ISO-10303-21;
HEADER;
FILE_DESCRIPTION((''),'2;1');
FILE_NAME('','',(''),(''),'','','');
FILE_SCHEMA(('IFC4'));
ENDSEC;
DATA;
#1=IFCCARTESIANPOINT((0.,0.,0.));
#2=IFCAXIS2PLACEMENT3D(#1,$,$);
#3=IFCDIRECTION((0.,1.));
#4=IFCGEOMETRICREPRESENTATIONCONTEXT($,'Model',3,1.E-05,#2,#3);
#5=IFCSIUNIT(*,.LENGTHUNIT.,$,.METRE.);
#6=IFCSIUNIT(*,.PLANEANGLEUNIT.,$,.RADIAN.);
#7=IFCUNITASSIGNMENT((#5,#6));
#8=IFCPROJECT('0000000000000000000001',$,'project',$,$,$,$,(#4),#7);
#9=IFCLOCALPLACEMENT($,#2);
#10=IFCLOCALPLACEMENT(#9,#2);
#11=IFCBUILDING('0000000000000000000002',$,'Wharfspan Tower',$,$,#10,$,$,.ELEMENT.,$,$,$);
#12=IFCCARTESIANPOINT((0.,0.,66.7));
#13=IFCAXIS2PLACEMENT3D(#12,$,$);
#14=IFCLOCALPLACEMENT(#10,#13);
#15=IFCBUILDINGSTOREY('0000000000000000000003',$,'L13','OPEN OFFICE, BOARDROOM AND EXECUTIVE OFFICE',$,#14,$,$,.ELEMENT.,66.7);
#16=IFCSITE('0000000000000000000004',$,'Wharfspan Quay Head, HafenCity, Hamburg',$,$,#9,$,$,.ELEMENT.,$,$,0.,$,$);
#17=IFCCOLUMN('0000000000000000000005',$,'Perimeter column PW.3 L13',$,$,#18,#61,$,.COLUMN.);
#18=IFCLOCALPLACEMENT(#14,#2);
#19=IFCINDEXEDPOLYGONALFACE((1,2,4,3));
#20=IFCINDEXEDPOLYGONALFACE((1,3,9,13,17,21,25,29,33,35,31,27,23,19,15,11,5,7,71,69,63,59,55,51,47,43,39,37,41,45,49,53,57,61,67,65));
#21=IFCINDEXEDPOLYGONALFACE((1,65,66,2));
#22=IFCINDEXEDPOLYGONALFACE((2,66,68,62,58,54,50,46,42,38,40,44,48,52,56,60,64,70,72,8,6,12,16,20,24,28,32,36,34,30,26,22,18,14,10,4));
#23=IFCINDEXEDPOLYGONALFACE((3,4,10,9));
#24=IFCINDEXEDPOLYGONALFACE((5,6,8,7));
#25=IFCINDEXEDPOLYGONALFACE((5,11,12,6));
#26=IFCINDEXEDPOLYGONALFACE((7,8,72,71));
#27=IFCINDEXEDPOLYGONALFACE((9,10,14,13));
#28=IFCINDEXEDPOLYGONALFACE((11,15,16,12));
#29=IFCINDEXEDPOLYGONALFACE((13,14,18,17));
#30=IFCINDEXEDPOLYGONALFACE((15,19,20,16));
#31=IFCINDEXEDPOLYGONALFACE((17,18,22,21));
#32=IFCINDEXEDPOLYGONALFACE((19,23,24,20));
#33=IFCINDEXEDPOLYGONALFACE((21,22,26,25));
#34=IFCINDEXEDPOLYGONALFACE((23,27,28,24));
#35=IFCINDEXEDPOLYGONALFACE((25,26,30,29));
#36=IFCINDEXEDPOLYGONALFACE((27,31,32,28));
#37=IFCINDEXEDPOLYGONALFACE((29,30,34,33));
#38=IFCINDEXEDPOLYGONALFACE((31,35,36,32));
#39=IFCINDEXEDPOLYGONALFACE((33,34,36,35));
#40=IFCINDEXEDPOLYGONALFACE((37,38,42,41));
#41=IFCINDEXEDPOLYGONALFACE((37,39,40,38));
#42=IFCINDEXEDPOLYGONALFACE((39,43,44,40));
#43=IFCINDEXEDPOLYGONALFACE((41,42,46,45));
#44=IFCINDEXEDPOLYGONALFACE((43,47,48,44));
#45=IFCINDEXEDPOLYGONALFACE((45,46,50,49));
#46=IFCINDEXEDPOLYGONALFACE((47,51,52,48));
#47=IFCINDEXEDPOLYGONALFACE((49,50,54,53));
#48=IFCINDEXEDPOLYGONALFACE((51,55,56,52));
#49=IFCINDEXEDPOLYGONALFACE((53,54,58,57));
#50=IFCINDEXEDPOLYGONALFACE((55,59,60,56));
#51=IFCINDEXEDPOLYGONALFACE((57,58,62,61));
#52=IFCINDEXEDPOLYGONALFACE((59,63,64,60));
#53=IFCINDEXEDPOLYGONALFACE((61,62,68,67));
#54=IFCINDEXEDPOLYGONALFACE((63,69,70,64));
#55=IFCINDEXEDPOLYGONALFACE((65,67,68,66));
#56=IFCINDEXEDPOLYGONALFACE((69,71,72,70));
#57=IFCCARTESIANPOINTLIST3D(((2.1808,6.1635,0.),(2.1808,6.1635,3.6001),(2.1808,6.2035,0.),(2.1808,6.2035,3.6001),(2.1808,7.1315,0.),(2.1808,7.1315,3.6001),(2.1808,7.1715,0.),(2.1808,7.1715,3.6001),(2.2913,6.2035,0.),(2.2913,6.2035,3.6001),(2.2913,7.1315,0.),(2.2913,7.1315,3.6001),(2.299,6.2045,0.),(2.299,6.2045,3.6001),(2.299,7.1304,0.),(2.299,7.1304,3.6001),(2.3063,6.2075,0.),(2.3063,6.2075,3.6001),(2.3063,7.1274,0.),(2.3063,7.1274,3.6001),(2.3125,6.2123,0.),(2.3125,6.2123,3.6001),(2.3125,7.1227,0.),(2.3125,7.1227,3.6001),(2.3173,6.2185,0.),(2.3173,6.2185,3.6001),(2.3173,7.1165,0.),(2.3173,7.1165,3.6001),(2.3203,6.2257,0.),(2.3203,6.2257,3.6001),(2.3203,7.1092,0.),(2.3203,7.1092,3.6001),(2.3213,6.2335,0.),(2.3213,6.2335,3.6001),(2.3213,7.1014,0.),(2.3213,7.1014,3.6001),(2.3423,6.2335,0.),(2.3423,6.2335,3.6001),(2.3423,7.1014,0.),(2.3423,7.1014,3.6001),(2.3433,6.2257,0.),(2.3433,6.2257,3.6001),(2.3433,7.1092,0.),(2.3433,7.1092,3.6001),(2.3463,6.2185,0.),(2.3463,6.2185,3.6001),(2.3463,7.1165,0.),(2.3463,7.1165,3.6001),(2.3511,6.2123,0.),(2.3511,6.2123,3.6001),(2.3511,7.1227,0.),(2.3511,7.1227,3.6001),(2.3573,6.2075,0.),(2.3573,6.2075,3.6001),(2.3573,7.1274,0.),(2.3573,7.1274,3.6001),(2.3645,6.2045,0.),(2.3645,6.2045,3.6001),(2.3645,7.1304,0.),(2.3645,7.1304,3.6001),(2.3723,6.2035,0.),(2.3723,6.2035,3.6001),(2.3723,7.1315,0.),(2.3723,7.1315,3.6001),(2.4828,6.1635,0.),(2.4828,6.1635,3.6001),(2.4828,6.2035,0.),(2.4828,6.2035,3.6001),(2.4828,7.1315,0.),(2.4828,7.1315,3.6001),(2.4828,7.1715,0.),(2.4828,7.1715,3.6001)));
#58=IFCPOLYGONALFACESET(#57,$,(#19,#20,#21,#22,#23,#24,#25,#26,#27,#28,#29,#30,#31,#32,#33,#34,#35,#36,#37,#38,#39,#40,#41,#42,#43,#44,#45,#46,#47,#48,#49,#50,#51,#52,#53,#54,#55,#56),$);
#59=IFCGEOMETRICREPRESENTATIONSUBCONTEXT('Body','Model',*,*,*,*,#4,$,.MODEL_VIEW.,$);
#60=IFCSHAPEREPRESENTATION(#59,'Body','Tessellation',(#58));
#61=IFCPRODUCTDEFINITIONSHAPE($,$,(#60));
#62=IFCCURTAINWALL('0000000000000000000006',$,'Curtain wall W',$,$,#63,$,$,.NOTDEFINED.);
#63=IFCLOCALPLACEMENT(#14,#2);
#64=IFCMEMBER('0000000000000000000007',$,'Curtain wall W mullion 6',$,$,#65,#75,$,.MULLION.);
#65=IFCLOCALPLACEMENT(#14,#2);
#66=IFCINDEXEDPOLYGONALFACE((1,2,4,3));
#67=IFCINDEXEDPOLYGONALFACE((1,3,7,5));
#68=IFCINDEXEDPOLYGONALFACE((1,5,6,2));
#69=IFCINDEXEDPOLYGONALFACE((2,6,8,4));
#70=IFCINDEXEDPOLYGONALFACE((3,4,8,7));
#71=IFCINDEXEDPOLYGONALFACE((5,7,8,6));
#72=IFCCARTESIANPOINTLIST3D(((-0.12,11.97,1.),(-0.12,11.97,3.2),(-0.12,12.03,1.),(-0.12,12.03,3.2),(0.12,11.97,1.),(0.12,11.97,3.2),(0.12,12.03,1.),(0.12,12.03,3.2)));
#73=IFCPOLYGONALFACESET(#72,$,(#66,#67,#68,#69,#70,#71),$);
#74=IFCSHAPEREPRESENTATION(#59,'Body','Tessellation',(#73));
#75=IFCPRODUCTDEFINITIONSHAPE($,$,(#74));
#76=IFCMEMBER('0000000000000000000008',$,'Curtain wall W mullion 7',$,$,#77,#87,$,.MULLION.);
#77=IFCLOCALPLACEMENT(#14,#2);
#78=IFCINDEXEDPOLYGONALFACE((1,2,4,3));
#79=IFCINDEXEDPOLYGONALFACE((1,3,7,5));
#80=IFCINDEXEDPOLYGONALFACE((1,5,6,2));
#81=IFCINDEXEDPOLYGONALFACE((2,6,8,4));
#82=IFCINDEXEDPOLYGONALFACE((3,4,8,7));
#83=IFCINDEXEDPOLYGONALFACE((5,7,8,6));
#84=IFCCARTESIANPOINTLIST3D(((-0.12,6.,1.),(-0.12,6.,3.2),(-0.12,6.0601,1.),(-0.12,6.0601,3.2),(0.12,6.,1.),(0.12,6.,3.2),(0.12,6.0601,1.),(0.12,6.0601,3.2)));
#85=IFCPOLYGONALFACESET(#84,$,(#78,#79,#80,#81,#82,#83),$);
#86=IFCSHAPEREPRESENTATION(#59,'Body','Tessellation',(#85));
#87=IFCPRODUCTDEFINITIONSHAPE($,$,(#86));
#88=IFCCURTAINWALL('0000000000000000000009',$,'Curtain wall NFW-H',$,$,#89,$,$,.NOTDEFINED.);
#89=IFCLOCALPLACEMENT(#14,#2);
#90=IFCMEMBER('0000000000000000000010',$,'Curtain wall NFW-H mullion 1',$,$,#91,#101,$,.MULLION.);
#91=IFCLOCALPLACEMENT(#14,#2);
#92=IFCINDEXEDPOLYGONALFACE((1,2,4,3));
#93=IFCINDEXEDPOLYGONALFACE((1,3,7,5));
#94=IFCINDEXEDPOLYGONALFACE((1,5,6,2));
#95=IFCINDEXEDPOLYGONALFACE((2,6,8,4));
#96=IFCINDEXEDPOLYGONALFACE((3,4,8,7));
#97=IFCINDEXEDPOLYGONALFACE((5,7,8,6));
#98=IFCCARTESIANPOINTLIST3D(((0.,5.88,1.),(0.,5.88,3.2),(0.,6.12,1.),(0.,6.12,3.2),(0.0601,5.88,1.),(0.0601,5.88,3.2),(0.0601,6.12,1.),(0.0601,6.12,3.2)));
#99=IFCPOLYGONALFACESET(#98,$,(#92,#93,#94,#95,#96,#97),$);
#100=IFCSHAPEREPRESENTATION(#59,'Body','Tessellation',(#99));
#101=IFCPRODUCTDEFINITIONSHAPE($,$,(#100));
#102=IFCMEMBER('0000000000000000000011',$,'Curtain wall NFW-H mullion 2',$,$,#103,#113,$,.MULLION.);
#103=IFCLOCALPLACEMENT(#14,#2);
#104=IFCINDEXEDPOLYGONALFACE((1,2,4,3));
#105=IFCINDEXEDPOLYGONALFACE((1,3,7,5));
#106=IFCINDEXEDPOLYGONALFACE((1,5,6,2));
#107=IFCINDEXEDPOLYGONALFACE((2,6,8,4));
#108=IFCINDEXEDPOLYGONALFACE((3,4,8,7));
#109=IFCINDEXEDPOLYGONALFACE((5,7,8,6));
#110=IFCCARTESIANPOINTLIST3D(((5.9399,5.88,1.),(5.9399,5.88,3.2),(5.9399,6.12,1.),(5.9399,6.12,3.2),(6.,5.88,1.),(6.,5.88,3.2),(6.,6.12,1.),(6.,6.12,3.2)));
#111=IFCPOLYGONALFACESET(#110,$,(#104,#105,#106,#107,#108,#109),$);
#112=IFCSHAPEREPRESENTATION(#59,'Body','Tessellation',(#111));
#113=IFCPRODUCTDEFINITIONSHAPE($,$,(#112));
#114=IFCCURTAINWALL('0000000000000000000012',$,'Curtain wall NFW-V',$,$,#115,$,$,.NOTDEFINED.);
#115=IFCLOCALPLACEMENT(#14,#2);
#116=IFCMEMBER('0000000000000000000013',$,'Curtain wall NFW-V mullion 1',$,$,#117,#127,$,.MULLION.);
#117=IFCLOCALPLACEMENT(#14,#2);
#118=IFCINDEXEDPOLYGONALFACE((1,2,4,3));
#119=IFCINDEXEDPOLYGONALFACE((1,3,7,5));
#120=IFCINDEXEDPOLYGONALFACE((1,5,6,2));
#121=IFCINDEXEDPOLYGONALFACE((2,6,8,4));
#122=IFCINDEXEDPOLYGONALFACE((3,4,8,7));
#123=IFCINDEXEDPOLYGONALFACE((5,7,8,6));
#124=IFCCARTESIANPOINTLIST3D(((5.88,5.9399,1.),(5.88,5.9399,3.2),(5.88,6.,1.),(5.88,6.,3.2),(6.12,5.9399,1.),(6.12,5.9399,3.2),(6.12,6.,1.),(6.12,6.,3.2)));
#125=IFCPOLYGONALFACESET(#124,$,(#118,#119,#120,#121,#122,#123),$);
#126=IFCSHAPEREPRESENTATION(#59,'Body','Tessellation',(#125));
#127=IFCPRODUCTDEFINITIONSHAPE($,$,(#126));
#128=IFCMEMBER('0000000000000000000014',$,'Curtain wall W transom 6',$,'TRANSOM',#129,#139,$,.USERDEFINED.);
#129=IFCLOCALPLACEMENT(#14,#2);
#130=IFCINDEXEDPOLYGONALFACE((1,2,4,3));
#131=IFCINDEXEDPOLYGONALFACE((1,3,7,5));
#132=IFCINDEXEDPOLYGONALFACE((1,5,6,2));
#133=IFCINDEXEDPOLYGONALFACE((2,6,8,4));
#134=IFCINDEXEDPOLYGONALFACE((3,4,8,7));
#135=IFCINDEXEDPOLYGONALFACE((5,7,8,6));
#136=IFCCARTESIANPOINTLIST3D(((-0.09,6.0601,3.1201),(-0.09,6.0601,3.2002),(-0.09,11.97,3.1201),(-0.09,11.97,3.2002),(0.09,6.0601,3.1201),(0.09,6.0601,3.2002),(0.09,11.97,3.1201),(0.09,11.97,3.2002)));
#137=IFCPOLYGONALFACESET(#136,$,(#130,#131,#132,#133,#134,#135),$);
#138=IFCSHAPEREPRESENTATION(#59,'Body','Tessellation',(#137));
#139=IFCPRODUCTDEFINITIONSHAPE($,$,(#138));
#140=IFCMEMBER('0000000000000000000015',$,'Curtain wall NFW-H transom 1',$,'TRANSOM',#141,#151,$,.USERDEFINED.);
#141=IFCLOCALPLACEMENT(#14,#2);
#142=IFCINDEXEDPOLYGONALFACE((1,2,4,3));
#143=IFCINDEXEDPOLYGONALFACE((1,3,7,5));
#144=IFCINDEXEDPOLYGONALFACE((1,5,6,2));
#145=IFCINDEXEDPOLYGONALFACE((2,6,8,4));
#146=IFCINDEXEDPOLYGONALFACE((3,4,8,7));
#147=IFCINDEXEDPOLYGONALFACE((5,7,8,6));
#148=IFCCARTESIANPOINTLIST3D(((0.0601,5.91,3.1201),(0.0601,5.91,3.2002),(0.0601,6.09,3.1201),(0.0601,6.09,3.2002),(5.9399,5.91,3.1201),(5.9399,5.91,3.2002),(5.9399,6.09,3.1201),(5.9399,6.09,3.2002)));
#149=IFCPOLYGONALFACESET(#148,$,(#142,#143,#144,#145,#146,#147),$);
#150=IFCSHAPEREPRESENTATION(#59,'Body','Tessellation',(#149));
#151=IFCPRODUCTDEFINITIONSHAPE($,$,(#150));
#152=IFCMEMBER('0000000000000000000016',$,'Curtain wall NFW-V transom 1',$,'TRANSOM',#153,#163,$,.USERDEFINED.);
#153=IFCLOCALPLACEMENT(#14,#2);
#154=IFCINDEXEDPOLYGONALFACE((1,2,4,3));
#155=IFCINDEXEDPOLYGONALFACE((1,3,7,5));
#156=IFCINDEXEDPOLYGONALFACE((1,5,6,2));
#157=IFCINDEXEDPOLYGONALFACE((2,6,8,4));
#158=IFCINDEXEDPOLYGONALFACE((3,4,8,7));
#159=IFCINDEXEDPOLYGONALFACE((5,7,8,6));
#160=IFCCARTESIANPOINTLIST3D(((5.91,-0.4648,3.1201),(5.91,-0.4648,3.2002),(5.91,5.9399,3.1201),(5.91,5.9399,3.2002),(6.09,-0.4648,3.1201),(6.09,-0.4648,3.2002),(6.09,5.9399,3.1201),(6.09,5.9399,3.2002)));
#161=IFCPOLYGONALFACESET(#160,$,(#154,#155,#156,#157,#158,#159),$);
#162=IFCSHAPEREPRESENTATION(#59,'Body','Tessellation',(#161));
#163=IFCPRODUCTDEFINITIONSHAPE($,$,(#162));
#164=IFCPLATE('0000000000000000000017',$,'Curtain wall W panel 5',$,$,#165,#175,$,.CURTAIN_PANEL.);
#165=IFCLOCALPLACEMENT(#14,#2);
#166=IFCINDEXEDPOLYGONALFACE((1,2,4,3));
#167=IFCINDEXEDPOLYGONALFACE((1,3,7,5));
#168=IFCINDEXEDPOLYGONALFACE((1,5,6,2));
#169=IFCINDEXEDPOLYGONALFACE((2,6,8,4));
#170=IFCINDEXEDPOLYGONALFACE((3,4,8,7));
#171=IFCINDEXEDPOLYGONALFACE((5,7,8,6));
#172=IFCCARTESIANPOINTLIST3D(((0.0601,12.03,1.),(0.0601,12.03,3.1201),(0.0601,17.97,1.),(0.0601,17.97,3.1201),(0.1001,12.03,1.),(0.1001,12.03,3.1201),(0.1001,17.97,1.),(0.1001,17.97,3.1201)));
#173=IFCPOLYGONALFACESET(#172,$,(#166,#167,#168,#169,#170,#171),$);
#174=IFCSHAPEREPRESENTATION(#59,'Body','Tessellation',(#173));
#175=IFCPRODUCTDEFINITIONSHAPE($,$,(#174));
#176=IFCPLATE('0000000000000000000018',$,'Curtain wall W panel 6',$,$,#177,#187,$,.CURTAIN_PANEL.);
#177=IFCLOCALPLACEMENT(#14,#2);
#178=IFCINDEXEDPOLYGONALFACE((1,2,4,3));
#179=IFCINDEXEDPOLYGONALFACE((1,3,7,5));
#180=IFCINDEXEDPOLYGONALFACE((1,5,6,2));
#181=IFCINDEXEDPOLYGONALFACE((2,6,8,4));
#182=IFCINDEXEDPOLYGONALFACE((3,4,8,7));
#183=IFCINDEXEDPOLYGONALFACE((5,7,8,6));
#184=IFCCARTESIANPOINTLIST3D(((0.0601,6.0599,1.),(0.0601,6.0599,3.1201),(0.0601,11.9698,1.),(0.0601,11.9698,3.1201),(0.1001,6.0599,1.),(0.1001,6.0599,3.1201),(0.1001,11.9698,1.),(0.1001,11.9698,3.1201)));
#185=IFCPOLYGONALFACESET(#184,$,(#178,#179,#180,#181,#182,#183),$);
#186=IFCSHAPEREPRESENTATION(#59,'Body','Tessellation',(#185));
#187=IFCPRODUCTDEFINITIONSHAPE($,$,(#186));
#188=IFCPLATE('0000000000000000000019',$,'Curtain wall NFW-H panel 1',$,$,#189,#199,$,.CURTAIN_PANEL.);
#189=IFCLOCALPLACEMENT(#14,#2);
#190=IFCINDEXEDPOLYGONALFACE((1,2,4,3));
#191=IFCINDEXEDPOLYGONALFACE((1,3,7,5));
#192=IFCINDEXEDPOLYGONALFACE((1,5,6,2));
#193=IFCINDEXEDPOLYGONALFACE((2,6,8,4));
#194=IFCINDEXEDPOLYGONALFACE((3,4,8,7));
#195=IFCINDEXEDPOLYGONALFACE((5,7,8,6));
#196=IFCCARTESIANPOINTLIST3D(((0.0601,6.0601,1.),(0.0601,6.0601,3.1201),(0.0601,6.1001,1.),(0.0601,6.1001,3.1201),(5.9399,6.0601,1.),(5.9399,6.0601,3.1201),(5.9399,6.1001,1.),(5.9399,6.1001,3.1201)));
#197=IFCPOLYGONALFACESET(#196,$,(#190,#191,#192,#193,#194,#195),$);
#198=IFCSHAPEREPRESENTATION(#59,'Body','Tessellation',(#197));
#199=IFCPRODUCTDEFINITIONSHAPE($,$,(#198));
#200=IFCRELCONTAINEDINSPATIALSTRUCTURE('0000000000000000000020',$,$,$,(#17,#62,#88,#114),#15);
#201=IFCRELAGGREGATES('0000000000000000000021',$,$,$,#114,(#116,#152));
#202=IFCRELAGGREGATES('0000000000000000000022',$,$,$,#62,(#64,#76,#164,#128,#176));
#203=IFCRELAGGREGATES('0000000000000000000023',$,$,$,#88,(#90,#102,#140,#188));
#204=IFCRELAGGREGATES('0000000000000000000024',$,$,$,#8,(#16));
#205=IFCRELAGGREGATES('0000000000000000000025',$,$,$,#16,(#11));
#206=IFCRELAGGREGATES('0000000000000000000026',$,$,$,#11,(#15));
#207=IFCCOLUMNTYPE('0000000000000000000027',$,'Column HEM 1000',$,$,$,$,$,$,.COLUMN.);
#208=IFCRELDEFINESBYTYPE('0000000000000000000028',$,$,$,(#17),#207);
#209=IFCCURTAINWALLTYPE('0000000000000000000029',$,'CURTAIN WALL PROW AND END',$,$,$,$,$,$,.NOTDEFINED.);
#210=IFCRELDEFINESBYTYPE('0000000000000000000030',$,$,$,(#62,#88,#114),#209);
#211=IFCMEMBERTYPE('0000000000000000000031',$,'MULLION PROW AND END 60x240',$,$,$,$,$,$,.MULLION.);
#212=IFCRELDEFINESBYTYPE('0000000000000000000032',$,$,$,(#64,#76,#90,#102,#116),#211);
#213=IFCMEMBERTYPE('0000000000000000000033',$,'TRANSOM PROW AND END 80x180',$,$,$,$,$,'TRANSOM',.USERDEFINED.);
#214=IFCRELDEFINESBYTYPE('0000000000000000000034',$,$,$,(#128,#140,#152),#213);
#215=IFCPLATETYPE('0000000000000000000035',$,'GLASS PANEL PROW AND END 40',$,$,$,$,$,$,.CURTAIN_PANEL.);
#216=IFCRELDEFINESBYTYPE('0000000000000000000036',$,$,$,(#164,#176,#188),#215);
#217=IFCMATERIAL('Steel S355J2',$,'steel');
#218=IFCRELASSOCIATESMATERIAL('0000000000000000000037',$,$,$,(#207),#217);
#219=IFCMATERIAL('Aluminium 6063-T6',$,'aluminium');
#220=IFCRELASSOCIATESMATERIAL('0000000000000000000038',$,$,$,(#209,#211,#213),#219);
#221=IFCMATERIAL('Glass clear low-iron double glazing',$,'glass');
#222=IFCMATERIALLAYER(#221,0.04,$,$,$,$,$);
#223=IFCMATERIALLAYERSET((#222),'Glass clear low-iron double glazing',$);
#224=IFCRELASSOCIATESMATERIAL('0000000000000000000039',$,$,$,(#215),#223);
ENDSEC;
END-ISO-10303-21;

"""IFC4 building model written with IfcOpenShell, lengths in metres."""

from ifc_helpers import new_model, si_unit, direction, frame, origin, origin_2d, place, context, subcontext, project, spatial, rectangle, i_section, extrude, material, layer, layer_set, material_profile, profile_set, type_object, element, aggregate, save


model = new_model("IFC4")

# Units and contexts
model_context = context("Model", 3, precision=1e-05, world=origin(), true_north=direction((0.0, 1.0)))
body_context = subcontext(model_context, "Body", "Model", "MODEL_VIEW")
ifc_project = project(units=[si_unit("LENGTHUNIT", "METRE"), si_unit("PLANEANGLEUNIT", "RADIAN")], contexts=[model_context])

# Site, building, storey
site_placement = place(None, origin())
site = spatial("IfcSite", under=ifc_project, at=site_placement, Name="Wharfspan Quay Head, HafenCity, Hamburg", CompositionType="ELEMENT", RefElevation=0.0)
building_placement = place(site_placement, origin())
building = spatial("IfcBuilding", under=site, at=building_placement, Name="Wharfspan Tower", CompositionType="ELEMENT")
storey_placement = place(building_placement, frame((0.0, 0.0, 66.7)))
storey = spatial("IfcBuildingStorey", under=building, at=storey_placement, Name="L13", Description="OPEN OFFICE, BOARDROOM AND EXECUTIVE OFFICE", CompositionType="ELEMENT", Elevation=66.7)

# Column
ifc_material_1 = material(Name="Steel S355J2", Category="steel")
ifc_material_profile_1 = material_profile(ifc_material_1, i_section(OverallWidth=0.302, OverallDepth=1.0081, WebThickness=0.021, FlangeThickness=0.04, FilletRadius=0.03, at=origin_2d()))
ifc_profile_set_1 = profile_set([ifc_material_profile_1], Name="Steel S355J2")
column_type = type_object("IfcColumnType", Name="Column HEM 1000", PredefinedType="COLUMN", material=ifc_profile_set_1)
column_placement = place(storey_placement, frame((2.3318, 6.6675, 0.0), z_axis=(0.0, 0.0, 1.0), x_axis=(-1.0, 0.0, 0.0)))
element("IfcColumn", 1, at=column_placement, inside=storey, type_object=column_type, Name="Perimeter column PW.3 L13", PredefinedType="COLUMN", context=body_context, shape_type="SweptSolid", body=[
    extrude(i_section(OverallWidth=0.302, OverallDepth=1.0081, WebThickness=0.021, FlangeThickness=0.04, FilletRadius=0.03, at=origin_2d()), origin(), (0.0, 0.0, 1.0), 3.6001),
])

# Curtain walls, members
ifc_material_2 = material(Name="Aluminium 6063-T6", Category="aluminium")
curtain_wall_type = type_object("IfcCurtainWallType", Name="CURTAIN WALL PROW AND END", PredefinedType="NOTDEFINED", material=ifc_material_2)
curtain_wall_1_placement = place(storey_placement, origin())
curtain_wall_1 = element("IfcCurtainWall", 2, at=curtain_wall_1_placement, inside=storey, type_object=curtain_wall_type, Name="Curtain wall W", PredefinedType="NOTDEFINED")
ifc_material_profile_2 = material_profile(ifc_material_2, rectangle(XDim=0.24, YDim=0.0601, at=origin_2d()))
ifc_profile_set_2 = profile_set([ifc_material_profile_2], Name="Aluminium 6063-T6")
member_type_1 = type_object("IfcMemberType", Name="MULLION PROW AND END 60x240", PredefinedType="MULLION", material=ifc_profile_set_2)
member_1_placement = place(storey_placement, frame((0.0, 12.0, 1.0), z_axis=(0.0, 0.0, 1.0), x_axis=(1.0, 0.0, 0.0)))
member_1 = element("IfcMember", 3, at=member_1_placement, type_object=member_type_1, Name="Curtain wall W mullion 6", PredefinedType="MULLION", context=body_context, shape_type="SweptSolid", body=[
    extrude(rectangle(XDim=0.24, YDim=0.0601, at=origin_2d()), origin(), (0.0, 0.0, 1.0), 2.2),
])
member_2_placement = place(storey_placement, frame((0.0, 6.03, 1.0), z_axis=(0.0, 0.0, 1.0), x_axis=(1.0, 0.0, 0.0)))
member_2 = element("IfcMember", 4, at=member_2_placement, type_object=member_type_1, Name="Curtain wall W mullion 7", PredefinedType="MULLION", context=body_context, shape_type="SweptSolid", body=[
    extrude(rectangle(XDim=0.24, YDim=0.0601, at=origin_2d()), origin(), (0.0, 0.0, 1.0), 2.2),
])
curtain_wall_2_placement = place(storey_placement, origin())
curtain_wall_2 = element("IfcCurtainWall", 5, at=curtain_wall_2_placement, inside=storey, type_object=curtain_wall_type, Name="Curtain wall NFW-H", PredefinedType="NOTDEFINED")
member_3_placement = place(storey_placement, frame((0.03, 6.0, 1.0), z_axis=(0.0, 0.0, 1.0), x_axis=(0.0, 1.0, 0.0)))
member_3 = element("IfcMember", 6, at=member_3_placement, type_object=member_type_1, Name="Curtain wall NFW-H mullion 1", PredefinedType="MULLION", context=body_context, shape_type="SweptSolid", body=[
    extrude(rectangle(XDim=0.24, YDim=0.0601, at=origin_2d()), origin(), (0.0, 0.0, 1.0), 2.2),
])
member_4_placement = place(storey_placement, frame((5.97, 6.0, 1.0), z_axis=(0.0, 0.0, 1.0), x_axis=(0.0, 1.0, 0.0)))
member_4 = element("IfcMember", 7, at=member_4_placement, type_object=member_type_1, Name="Curtain wall NFW-H mullion 2", PredefinedType="MULLION", context=body_context, shape_type="SweptSolid", body=[
    extrude(rectangle(XDim=0.24, YDim=0.0601, at=origin_2d()), origin(), (0.0, 0.0, 1.0), 2.2),
])

# Curtain wall, member
curtain_wall_3_placement = place(storey_placement, origin())
curtain_wall_3 = element("IfcCurtainWall", 8, at=curtain_wall_3_placement, inside=storey, type_object=curtain_wall_type, Name="Curtain wall NFW-V", PredefinedType="NOTDEFINED")
member_5_placement = place(storey_placement, frame((6.0, 5.97, 1.0), z_axis=(0.0, 0.0, 1.0), x_axis=(1.0, 0.0, 0.0)))
member_5 = element("IfcMember", 9, at=member_5_placement, type_object=member_type_1, Name="Curtain wall NFW-V mullion 1", PredefinedType="MULLION", context=body_context, shape_type="SweptSolid", body=[
    extrude(rectangle(XDim=0.24, YDim=0.0601, at=origin_2d()), origin(), (0.0, 0.0, 1.0), 2.2),
])

# Members
ifc_material_profile_3 = material_profile(ifc_material_2, rectangle(XDim=0.1799, YDim=0.0801, at=origin_2d()))
ifc_profile_set_3 = profile_set([ifc_material_profile_3], Name="Aluminium 6063-T6")
member_type_2 = type_object("IfcMemberType", Name="TRANSOM PROW AND END 80x180", ElementType="TRANSOM", PredefinedType="USERDEFINED", material=ifc_profile_set_3)
member_6_placement = place(storey_placement, frame((0.0, 11.97, 3.1602), z_axis=(0.0, -1.0, 0.0), x_axis=(1.0, 0.0, 0.0)))
member_6 = element("IfcMember", 10, at=member_6_placement, type_object=member_type_2, Name="Curtain wall W transom 6", ObjectType="TRANSOM", PredefinedType="USERDEFINED", context=body_context, shape_type="SweptSolid", body=[
    extrude(rectangle(XDim=0.1799, YDim=0.0801, at=origin_2d()), origin(), (0.0, 0.0, 1.0), 5.9099),
])
member_7_placement = place(storey_placement, frame((0.0601, 6.0, 3.1602), z_axis=(1.0, 0.0, 0.0), x_axis=(0.0, 1.0, 0.0)))
member_7 = element("IfcMember", 11, at=member_7_placement, type_object=member_type_2, Name="Curtain wall NFW-H transom 1", ObjectType="TRANSOM", PredefinedType="USERDEFINED", context=body_context, shape_type="SweptSolid", body=[
    extrude(rectangle(XDim=0.1799, YDim=0.0801, at=origin_2d()), origin(), (0.0, 0.0, 1.0), 5.8799),
])
member_8_placement = place(storey_placement, frame((6.0, 5.9399, 3.1602), z_axis=(0.0, -1.0, 0.0), x_axis=(1.0, 0.0, 0.0)))
member_8 = element("IfcMember", 12, at=member_8_placement, type_object=member_type_2, Name="Curtain wall NFW-V transom 1", ObjectType="TRANSOM", PredefinedType="USERDEFINED", context=body_context, shape_type="SweptSolid", body=[
    extrude(rectangle(XDim=0.1799, YDim=0.0801, at=origin_2d()), origin(), (0.0, 0.0, 1.0), 6.4048),
])
aggregate(curtain_wall_3, [member_5, member_8])

# Plates
ifc_material_3 = material(Name="Glass clear low-iron double glazing", Category="glass")
ifc_layer_1 = layer(ifc_material_3, 0.04)
ifc_layer_set_1 = layer_set([ifc_layer_1], Name="Glass clear low-iron double glazing")
plate_type = type_object("IfcPlateType", Name="GLASS PANEL PROW AND END 40", PredefinedType="CURTAIN_PANEL", material=ifc_layer_set_1)
plate_1_placement = place(storey_placement, frame((0.0801, 15.0, 1.0), z_axis=(0.0, 0.0, 1.0), x_axis=(0.0, -1.0, 0.0)))
plate_1 = element("IfcPlate", 13, at=plate_1_placement, type_object=plate_type, Name="Curtain wall W panel 5", PredefinedType="CURTAIN_PANEL", context=body_context, shape_type="SweptSolid", body=[
    extrude(rectangle(XDim=5.9399, YDim=0.04, at=origin_2d()), origin(), (0.0, 0.0, 1.0), 2.1201),
])
plate_2_placement = place(storey_placement, frame((0.0801, 9.0149, 1.0), z_axis=(0.0, 0.0, 1.0), x_axis=(0.0, -1.0, 0.0)))
plate_2 = element("IfcPlate", 14, at=plate_2_placement, type_object=plate_type, Name="Curtain wall W panel 6", PredefinedType="CURTAIN_PANEL", context=body_context, shape_type="SweptSolid", body=[
    extrude(rectangle(XDim=5.9099, YDim=0.04, at=origin_2d()), origin(), (0.0, 0.0, 1.0), 2.1201),
])
aggregate(curtain_wall_1, [member_1, member_2, plate_1, member_6, plate_2])
plate_3_placement = place(storey_placement, frame((3.0, 6.0801, 1.0), z_axis=(0.0, 0.0, 1.0), x_axis=(1.0, 0.0, 0.0)))
plate_3 = element("IfcPlate", 15, at=plate_3_placement, type_object=plate_type, Name="Curtain wall NFW-H panel 1", PredefinedType="CURTAIN_PANEL", context=body_context, shape_type="SweptSolid", body=[
    extrude(rectangle(XDim=5.8799, YDim=0.04, at=origin_2d()), origin(), (0.0, 0.0, 1.0), 2.1201),
])
aggregate(curtain_wall_2, [member_3, member_4, member_7, plate_3])

save(model, "model.ifc")
